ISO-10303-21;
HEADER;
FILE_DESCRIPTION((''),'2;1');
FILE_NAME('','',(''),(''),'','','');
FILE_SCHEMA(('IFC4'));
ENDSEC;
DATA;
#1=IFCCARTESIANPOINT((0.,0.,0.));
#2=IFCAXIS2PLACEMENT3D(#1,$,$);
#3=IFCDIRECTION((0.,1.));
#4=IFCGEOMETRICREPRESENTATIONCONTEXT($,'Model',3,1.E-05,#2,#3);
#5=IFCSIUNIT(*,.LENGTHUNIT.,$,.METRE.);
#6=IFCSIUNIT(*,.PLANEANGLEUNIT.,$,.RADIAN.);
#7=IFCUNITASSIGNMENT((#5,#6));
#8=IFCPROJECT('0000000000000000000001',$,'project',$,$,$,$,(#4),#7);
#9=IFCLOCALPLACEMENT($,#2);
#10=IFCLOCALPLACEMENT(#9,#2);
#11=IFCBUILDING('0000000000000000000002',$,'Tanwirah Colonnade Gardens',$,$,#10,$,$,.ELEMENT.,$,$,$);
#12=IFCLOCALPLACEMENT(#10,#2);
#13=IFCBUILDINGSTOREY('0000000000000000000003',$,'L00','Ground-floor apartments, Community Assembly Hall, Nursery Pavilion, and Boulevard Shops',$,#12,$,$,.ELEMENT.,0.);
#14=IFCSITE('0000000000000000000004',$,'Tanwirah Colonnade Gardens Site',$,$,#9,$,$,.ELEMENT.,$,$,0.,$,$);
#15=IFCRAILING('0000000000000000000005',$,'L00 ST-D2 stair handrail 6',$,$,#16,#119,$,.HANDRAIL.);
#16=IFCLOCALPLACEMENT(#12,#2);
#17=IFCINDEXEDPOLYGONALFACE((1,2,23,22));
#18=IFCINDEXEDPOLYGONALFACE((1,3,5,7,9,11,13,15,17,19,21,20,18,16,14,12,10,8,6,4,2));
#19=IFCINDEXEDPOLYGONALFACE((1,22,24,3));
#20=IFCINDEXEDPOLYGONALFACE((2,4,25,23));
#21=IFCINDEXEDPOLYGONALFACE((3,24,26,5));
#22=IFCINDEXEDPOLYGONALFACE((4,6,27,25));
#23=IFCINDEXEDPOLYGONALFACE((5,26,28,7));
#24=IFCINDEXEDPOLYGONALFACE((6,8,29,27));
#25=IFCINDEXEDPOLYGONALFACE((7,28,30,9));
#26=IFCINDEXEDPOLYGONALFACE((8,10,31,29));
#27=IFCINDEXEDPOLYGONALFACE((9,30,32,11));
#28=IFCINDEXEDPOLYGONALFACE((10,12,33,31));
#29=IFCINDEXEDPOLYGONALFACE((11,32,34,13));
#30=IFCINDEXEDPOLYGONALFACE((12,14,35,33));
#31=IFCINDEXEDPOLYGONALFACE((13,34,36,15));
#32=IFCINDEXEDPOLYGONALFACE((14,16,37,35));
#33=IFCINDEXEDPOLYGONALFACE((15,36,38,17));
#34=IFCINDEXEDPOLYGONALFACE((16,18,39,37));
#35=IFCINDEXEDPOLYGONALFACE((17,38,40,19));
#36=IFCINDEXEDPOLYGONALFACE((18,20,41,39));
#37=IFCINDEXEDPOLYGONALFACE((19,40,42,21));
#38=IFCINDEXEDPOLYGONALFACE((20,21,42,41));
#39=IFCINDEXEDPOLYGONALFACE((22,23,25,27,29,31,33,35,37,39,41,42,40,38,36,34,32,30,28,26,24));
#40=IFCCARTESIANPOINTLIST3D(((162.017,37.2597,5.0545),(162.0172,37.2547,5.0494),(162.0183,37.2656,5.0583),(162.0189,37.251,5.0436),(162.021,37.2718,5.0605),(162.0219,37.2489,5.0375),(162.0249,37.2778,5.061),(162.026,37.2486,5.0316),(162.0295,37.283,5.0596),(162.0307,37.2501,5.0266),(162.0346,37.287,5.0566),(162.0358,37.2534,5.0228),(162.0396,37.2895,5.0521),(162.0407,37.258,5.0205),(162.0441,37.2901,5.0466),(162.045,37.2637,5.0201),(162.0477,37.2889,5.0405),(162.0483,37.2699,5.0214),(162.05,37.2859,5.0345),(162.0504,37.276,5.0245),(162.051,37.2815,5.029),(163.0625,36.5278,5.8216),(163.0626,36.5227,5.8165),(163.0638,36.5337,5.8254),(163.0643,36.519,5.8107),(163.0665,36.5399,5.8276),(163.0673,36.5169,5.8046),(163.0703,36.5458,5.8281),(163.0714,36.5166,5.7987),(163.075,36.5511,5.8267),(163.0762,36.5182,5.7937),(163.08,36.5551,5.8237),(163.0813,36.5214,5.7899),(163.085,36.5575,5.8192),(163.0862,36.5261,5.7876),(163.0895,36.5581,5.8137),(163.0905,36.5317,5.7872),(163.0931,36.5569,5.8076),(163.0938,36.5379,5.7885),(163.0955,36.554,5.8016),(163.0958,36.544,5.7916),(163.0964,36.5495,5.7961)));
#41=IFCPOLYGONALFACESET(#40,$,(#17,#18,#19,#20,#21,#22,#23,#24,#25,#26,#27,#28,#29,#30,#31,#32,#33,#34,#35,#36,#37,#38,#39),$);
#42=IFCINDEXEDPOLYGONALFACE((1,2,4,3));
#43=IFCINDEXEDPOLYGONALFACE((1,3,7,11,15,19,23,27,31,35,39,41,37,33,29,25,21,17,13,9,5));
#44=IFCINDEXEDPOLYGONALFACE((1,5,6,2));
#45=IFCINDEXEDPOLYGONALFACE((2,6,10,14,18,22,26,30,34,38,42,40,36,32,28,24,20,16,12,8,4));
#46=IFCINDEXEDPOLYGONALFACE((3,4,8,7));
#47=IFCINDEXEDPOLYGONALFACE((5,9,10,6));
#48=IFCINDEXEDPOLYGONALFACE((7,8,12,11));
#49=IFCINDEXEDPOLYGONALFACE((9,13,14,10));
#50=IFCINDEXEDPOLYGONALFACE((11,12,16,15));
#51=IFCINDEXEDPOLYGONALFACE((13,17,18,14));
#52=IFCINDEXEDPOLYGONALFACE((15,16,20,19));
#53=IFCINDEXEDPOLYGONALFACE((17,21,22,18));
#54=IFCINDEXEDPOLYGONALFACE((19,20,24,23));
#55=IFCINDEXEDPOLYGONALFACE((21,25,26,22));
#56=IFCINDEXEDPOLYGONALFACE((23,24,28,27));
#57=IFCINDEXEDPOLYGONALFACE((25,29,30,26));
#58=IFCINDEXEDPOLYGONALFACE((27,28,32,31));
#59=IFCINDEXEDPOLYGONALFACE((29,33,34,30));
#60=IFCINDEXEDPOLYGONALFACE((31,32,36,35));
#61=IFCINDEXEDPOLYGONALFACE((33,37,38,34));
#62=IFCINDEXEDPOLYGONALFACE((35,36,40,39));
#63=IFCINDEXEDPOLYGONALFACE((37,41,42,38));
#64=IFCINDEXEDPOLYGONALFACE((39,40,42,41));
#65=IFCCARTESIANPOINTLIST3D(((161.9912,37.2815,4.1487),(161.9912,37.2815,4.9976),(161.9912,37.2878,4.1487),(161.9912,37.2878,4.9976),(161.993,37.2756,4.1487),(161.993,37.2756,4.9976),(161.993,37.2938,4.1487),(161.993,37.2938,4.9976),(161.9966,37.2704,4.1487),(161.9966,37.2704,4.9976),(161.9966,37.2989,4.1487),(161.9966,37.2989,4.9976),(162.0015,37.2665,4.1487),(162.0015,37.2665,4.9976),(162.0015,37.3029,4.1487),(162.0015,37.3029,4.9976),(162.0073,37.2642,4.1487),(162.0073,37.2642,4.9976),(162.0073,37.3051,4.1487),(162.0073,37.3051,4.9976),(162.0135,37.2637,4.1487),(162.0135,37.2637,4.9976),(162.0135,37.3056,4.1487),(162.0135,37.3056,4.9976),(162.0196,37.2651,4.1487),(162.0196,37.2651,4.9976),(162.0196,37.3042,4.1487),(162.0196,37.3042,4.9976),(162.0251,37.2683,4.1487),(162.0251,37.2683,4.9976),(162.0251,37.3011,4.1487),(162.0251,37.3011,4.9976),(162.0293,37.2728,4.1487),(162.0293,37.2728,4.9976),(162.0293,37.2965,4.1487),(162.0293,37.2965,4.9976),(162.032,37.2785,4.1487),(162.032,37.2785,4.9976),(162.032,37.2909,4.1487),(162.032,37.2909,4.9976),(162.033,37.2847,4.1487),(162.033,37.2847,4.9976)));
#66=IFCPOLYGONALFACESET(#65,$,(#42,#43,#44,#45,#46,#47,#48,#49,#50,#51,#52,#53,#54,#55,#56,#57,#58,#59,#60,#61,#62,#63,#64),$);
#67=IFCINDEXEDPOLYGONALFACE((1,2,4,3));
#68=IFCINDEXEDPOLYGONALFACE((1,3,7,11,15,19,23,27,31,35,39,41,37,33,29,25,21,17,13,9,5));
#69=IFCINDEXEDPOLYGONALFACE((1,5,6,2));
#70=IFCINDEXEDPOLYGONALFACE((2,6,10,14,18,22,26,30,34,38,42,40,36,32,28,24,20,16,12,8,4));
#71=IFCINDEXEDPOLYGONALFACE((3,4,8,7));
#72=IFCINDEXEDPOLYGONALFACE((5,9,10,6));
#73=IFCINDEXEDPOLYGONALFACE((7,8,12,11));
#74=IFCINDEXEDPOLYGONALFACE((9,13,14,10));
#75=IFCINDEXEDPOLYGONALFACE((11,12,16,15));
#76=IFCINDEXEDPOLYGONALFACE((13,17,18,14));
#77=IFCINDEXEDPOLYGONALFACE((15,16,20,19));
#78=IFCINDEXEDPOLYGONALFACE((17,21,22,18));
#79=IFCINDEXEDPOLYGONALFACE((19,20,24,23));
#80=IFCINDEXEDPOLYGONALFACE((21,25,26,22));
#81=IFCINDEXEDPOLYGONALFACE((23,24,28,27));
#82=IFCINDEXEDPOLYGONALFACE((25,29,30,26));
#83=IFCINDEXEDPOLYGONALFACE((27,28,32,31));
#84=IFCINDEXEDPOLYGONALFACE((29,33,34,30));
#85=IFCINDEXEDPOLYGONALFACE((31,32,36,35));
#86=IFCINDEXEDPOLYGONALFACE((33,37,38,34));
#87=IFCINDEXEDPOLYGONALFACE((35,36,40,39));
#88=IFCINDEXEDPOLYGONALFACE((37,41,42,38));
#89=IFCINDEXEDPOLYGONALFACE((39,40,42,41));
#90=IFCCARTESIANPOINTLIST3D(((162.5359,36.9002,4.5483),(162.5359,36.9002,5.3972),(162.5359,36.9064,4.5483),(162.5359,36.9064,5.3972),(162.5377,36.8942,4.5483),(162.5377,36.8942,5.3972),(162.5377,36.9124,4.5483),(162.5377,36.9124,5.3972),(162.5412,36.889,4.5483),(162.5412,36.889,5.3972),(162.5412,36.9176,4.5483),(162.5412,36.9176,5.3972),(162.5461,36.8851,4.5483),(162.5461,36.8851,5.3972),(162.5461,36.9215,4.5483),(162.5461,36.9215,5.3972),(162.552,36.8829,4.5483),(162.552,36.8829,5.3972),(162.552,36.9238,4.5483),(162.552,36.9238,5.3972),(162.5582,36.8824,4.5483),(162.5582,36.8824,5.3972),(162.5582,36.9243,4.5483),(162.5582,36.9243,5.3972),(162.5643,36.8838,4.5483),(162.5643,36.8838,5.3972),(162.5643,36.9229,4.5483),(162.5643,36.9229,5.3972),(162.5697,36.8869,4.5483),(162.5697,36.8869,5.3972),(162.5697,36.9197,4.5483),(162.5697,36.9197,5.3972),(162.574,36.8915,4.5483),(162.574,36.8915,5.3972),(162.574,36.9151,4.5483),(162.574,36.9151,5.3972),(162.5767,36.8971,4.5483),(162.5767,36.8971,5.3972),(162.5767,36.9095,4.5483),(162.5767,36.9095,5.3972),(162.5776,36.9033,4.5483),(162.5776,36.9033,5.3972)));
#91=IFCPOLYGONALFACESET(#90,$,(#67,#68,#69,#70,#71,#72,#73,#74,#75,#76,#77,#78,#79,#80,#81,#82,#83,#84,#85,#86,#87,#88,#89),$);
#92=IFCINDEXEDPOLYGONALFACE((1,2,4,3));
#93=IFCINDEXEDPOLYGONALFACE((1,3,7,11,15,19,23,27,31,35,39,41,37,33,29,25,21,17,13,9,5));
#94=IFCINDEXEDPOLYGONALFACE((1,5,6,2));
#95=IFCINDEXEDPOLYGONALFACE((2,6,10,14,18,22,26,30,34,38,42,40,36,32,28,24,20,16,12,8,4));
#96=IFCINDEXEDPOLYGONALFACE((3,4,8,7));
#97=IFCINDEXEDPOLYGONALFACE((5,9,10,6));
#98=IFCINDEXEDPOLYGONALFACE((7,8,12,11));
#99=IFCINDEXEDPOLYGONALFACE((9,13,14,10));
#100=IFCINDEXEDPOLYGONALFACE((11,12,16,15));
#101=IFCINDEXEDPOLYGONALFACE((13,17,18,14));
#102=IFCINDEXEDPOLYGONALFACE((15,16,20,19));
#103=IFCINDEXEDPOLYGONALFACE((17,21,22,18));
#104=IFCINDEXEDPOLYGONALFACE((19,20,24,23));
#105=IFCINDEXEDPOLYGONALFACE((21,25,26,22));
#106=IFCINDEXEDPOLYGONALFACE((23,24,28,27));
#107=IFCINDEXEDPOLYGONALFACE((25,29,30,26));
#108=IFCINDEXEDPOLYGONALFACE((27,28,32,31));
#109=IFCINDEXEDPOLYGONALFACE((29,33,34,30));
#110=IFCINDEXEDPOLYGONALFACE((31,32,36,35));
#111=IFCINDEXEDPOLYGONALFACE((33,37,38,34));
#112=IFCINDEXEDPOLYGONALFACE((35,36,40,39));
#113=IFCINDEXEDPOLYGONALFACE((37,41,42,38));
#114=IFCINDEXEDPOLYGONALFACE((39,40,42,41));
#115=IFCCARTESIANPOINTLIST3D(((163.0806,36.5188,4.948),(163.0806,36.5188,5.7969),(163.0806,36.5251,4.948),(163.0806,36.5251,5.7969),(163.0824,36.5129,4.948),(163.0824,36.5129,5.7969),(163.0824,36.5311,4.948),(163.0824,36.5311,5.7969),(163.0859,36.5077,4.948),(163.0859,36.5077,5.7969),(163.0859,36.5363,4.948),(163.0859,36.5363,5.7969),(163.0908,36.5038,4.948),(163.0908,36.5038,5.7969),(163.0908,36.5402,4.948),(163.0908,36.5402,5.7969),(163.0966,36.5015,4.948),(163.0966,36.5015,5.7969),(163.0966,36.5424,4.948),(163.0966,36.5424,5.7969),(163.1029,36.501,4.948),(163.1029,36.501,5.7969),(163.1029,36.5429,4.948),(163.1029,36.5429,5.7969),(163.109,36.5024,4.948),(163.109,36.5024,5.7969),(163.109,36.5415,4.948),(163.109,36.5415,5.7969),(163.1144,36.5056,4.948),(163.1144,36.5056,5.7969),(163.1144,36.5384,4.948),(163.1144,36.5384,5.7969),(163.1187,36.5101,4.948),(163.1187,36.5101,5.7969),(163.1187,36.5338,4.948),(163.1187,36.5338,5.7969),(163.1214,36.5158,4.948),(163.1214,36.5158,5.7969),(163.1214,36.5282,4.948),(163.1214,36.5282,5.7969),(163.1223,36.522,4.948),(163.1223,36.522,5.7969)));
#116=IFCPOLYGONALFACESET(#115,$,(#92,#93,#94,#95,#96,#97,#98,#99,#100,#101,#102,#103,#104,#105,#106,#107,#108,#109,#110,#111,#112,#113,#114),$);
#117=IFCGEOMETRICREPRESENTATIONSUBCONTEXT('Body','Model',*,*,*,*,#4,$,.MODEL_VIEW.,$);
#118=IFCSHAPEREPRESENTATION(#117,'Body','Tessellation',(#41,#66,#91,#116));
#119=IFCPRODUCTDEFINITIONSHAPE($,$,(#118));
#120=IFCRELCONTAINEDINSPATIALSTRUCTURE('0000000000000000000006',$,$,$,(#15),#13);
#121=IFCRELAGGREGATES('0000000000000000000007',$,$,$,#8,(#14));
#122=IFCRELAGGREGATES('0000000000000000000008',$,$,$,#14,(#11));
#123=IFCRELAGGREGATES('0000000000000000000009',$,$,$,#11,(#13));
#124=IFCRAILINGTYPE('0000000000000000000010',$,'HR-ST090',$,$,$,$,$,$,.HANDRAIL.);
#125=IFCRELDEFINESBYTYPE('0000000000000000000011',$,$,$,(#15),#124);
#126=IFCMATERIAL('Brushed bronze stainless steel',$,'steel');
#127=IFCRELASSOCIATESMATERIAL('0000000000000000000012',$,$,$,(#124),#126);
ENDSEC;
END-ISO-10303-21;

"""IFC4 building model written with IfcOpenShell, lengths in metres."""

from ifc_helpers import new_model, si_unit, direction, frame, origin, origin_2d, place, context, subcontext, project, spatial, circle, extrude, material, type_object, element, save


model = new_model("IFC4")

# Units and contexts
model_context = context("Model", 3, precision=1e-05, world=origin(), true_north=direction((0.0, 1.0)))
body_context = subcontext(model_context, "Body", "Model", "MODEL_VIEW")
ifc_project = project(units=[si_unit("LENGTHUNIT", "METRE"), si_unit("PLANEANGLEUNIT", "RADIAN")], contexts=[model_context])

# Site, building, storey
site_placement = place(None, origin())
site = spatial("IfcSite", under=ifc_project, at=site_placement, Name="Tanwirah Colonnade Gardens Site", CompositionType="ELEMENT", RefElevation=0.0)
building_placement = place(site_placement, origin())
building = spatial("IfcBuilding", under=site, at=building_placement, Name="Tanwirah Colonnade Gardens", CompositionType="ELEMENT")
storey_placement = place(building_placement, origin())
storey = spatial("IfcBuildingStorey", under=building, at=storey_placement, Name="L00", Description="Ground-floor apartments, Community Assembly Hall, Nursery Pavilion, and Boulevard Shops", CompositionType="ELEMENT", Elevation=0.0)

# Railing
ifc_material_1 = material(Name="Brushed bronze stainless steel", Category="steel")
railing_type_1 = type_object("IfcRailingType", Name="HR-ST090", PredefinedType="HANDRAIL", material=ifc_material_1)
railing_1_placement = place(storey_placement, frame((162.012, 37.2847, 4.1487)))
element("IfcRailing", 1, at=railing_1_placement, inside=storey, type_object=railing_type_1, Name="L00 ST-D2 stair handrail 6", PredefinedType="HANDRAIL", context=body_context, shape_type="SweptSolid", body=[
    extrude(circle(Radius=0.0239, at=origin_2d()), frame((0.022, -0.0154, 0.8918), z_axis=(0.702108, -0.49157, 0.515173), x_axis=(0.573536, 0.81918, 0.0)), (0.0, 0.0, 1.0), 1.489),
    extrude(circle(Radius=0.021, at=origin_2d()), origin(), (0.0, 0.0, 1.0), 0.8489),
    extrude(circle(Radius=0.021, at=origin_2d()), frame((0.5447, -0.3813, 0.3997)), (0.0, 0.0, 1.0), 0.8489),
    extrude(circle(Radius=0.021, at=origin_2d()), frame((1.0894, -0.7627, 0.7993)), (0.0, 0.0, 1.0), 0.8489),
])

save(model, "model.ifc")
